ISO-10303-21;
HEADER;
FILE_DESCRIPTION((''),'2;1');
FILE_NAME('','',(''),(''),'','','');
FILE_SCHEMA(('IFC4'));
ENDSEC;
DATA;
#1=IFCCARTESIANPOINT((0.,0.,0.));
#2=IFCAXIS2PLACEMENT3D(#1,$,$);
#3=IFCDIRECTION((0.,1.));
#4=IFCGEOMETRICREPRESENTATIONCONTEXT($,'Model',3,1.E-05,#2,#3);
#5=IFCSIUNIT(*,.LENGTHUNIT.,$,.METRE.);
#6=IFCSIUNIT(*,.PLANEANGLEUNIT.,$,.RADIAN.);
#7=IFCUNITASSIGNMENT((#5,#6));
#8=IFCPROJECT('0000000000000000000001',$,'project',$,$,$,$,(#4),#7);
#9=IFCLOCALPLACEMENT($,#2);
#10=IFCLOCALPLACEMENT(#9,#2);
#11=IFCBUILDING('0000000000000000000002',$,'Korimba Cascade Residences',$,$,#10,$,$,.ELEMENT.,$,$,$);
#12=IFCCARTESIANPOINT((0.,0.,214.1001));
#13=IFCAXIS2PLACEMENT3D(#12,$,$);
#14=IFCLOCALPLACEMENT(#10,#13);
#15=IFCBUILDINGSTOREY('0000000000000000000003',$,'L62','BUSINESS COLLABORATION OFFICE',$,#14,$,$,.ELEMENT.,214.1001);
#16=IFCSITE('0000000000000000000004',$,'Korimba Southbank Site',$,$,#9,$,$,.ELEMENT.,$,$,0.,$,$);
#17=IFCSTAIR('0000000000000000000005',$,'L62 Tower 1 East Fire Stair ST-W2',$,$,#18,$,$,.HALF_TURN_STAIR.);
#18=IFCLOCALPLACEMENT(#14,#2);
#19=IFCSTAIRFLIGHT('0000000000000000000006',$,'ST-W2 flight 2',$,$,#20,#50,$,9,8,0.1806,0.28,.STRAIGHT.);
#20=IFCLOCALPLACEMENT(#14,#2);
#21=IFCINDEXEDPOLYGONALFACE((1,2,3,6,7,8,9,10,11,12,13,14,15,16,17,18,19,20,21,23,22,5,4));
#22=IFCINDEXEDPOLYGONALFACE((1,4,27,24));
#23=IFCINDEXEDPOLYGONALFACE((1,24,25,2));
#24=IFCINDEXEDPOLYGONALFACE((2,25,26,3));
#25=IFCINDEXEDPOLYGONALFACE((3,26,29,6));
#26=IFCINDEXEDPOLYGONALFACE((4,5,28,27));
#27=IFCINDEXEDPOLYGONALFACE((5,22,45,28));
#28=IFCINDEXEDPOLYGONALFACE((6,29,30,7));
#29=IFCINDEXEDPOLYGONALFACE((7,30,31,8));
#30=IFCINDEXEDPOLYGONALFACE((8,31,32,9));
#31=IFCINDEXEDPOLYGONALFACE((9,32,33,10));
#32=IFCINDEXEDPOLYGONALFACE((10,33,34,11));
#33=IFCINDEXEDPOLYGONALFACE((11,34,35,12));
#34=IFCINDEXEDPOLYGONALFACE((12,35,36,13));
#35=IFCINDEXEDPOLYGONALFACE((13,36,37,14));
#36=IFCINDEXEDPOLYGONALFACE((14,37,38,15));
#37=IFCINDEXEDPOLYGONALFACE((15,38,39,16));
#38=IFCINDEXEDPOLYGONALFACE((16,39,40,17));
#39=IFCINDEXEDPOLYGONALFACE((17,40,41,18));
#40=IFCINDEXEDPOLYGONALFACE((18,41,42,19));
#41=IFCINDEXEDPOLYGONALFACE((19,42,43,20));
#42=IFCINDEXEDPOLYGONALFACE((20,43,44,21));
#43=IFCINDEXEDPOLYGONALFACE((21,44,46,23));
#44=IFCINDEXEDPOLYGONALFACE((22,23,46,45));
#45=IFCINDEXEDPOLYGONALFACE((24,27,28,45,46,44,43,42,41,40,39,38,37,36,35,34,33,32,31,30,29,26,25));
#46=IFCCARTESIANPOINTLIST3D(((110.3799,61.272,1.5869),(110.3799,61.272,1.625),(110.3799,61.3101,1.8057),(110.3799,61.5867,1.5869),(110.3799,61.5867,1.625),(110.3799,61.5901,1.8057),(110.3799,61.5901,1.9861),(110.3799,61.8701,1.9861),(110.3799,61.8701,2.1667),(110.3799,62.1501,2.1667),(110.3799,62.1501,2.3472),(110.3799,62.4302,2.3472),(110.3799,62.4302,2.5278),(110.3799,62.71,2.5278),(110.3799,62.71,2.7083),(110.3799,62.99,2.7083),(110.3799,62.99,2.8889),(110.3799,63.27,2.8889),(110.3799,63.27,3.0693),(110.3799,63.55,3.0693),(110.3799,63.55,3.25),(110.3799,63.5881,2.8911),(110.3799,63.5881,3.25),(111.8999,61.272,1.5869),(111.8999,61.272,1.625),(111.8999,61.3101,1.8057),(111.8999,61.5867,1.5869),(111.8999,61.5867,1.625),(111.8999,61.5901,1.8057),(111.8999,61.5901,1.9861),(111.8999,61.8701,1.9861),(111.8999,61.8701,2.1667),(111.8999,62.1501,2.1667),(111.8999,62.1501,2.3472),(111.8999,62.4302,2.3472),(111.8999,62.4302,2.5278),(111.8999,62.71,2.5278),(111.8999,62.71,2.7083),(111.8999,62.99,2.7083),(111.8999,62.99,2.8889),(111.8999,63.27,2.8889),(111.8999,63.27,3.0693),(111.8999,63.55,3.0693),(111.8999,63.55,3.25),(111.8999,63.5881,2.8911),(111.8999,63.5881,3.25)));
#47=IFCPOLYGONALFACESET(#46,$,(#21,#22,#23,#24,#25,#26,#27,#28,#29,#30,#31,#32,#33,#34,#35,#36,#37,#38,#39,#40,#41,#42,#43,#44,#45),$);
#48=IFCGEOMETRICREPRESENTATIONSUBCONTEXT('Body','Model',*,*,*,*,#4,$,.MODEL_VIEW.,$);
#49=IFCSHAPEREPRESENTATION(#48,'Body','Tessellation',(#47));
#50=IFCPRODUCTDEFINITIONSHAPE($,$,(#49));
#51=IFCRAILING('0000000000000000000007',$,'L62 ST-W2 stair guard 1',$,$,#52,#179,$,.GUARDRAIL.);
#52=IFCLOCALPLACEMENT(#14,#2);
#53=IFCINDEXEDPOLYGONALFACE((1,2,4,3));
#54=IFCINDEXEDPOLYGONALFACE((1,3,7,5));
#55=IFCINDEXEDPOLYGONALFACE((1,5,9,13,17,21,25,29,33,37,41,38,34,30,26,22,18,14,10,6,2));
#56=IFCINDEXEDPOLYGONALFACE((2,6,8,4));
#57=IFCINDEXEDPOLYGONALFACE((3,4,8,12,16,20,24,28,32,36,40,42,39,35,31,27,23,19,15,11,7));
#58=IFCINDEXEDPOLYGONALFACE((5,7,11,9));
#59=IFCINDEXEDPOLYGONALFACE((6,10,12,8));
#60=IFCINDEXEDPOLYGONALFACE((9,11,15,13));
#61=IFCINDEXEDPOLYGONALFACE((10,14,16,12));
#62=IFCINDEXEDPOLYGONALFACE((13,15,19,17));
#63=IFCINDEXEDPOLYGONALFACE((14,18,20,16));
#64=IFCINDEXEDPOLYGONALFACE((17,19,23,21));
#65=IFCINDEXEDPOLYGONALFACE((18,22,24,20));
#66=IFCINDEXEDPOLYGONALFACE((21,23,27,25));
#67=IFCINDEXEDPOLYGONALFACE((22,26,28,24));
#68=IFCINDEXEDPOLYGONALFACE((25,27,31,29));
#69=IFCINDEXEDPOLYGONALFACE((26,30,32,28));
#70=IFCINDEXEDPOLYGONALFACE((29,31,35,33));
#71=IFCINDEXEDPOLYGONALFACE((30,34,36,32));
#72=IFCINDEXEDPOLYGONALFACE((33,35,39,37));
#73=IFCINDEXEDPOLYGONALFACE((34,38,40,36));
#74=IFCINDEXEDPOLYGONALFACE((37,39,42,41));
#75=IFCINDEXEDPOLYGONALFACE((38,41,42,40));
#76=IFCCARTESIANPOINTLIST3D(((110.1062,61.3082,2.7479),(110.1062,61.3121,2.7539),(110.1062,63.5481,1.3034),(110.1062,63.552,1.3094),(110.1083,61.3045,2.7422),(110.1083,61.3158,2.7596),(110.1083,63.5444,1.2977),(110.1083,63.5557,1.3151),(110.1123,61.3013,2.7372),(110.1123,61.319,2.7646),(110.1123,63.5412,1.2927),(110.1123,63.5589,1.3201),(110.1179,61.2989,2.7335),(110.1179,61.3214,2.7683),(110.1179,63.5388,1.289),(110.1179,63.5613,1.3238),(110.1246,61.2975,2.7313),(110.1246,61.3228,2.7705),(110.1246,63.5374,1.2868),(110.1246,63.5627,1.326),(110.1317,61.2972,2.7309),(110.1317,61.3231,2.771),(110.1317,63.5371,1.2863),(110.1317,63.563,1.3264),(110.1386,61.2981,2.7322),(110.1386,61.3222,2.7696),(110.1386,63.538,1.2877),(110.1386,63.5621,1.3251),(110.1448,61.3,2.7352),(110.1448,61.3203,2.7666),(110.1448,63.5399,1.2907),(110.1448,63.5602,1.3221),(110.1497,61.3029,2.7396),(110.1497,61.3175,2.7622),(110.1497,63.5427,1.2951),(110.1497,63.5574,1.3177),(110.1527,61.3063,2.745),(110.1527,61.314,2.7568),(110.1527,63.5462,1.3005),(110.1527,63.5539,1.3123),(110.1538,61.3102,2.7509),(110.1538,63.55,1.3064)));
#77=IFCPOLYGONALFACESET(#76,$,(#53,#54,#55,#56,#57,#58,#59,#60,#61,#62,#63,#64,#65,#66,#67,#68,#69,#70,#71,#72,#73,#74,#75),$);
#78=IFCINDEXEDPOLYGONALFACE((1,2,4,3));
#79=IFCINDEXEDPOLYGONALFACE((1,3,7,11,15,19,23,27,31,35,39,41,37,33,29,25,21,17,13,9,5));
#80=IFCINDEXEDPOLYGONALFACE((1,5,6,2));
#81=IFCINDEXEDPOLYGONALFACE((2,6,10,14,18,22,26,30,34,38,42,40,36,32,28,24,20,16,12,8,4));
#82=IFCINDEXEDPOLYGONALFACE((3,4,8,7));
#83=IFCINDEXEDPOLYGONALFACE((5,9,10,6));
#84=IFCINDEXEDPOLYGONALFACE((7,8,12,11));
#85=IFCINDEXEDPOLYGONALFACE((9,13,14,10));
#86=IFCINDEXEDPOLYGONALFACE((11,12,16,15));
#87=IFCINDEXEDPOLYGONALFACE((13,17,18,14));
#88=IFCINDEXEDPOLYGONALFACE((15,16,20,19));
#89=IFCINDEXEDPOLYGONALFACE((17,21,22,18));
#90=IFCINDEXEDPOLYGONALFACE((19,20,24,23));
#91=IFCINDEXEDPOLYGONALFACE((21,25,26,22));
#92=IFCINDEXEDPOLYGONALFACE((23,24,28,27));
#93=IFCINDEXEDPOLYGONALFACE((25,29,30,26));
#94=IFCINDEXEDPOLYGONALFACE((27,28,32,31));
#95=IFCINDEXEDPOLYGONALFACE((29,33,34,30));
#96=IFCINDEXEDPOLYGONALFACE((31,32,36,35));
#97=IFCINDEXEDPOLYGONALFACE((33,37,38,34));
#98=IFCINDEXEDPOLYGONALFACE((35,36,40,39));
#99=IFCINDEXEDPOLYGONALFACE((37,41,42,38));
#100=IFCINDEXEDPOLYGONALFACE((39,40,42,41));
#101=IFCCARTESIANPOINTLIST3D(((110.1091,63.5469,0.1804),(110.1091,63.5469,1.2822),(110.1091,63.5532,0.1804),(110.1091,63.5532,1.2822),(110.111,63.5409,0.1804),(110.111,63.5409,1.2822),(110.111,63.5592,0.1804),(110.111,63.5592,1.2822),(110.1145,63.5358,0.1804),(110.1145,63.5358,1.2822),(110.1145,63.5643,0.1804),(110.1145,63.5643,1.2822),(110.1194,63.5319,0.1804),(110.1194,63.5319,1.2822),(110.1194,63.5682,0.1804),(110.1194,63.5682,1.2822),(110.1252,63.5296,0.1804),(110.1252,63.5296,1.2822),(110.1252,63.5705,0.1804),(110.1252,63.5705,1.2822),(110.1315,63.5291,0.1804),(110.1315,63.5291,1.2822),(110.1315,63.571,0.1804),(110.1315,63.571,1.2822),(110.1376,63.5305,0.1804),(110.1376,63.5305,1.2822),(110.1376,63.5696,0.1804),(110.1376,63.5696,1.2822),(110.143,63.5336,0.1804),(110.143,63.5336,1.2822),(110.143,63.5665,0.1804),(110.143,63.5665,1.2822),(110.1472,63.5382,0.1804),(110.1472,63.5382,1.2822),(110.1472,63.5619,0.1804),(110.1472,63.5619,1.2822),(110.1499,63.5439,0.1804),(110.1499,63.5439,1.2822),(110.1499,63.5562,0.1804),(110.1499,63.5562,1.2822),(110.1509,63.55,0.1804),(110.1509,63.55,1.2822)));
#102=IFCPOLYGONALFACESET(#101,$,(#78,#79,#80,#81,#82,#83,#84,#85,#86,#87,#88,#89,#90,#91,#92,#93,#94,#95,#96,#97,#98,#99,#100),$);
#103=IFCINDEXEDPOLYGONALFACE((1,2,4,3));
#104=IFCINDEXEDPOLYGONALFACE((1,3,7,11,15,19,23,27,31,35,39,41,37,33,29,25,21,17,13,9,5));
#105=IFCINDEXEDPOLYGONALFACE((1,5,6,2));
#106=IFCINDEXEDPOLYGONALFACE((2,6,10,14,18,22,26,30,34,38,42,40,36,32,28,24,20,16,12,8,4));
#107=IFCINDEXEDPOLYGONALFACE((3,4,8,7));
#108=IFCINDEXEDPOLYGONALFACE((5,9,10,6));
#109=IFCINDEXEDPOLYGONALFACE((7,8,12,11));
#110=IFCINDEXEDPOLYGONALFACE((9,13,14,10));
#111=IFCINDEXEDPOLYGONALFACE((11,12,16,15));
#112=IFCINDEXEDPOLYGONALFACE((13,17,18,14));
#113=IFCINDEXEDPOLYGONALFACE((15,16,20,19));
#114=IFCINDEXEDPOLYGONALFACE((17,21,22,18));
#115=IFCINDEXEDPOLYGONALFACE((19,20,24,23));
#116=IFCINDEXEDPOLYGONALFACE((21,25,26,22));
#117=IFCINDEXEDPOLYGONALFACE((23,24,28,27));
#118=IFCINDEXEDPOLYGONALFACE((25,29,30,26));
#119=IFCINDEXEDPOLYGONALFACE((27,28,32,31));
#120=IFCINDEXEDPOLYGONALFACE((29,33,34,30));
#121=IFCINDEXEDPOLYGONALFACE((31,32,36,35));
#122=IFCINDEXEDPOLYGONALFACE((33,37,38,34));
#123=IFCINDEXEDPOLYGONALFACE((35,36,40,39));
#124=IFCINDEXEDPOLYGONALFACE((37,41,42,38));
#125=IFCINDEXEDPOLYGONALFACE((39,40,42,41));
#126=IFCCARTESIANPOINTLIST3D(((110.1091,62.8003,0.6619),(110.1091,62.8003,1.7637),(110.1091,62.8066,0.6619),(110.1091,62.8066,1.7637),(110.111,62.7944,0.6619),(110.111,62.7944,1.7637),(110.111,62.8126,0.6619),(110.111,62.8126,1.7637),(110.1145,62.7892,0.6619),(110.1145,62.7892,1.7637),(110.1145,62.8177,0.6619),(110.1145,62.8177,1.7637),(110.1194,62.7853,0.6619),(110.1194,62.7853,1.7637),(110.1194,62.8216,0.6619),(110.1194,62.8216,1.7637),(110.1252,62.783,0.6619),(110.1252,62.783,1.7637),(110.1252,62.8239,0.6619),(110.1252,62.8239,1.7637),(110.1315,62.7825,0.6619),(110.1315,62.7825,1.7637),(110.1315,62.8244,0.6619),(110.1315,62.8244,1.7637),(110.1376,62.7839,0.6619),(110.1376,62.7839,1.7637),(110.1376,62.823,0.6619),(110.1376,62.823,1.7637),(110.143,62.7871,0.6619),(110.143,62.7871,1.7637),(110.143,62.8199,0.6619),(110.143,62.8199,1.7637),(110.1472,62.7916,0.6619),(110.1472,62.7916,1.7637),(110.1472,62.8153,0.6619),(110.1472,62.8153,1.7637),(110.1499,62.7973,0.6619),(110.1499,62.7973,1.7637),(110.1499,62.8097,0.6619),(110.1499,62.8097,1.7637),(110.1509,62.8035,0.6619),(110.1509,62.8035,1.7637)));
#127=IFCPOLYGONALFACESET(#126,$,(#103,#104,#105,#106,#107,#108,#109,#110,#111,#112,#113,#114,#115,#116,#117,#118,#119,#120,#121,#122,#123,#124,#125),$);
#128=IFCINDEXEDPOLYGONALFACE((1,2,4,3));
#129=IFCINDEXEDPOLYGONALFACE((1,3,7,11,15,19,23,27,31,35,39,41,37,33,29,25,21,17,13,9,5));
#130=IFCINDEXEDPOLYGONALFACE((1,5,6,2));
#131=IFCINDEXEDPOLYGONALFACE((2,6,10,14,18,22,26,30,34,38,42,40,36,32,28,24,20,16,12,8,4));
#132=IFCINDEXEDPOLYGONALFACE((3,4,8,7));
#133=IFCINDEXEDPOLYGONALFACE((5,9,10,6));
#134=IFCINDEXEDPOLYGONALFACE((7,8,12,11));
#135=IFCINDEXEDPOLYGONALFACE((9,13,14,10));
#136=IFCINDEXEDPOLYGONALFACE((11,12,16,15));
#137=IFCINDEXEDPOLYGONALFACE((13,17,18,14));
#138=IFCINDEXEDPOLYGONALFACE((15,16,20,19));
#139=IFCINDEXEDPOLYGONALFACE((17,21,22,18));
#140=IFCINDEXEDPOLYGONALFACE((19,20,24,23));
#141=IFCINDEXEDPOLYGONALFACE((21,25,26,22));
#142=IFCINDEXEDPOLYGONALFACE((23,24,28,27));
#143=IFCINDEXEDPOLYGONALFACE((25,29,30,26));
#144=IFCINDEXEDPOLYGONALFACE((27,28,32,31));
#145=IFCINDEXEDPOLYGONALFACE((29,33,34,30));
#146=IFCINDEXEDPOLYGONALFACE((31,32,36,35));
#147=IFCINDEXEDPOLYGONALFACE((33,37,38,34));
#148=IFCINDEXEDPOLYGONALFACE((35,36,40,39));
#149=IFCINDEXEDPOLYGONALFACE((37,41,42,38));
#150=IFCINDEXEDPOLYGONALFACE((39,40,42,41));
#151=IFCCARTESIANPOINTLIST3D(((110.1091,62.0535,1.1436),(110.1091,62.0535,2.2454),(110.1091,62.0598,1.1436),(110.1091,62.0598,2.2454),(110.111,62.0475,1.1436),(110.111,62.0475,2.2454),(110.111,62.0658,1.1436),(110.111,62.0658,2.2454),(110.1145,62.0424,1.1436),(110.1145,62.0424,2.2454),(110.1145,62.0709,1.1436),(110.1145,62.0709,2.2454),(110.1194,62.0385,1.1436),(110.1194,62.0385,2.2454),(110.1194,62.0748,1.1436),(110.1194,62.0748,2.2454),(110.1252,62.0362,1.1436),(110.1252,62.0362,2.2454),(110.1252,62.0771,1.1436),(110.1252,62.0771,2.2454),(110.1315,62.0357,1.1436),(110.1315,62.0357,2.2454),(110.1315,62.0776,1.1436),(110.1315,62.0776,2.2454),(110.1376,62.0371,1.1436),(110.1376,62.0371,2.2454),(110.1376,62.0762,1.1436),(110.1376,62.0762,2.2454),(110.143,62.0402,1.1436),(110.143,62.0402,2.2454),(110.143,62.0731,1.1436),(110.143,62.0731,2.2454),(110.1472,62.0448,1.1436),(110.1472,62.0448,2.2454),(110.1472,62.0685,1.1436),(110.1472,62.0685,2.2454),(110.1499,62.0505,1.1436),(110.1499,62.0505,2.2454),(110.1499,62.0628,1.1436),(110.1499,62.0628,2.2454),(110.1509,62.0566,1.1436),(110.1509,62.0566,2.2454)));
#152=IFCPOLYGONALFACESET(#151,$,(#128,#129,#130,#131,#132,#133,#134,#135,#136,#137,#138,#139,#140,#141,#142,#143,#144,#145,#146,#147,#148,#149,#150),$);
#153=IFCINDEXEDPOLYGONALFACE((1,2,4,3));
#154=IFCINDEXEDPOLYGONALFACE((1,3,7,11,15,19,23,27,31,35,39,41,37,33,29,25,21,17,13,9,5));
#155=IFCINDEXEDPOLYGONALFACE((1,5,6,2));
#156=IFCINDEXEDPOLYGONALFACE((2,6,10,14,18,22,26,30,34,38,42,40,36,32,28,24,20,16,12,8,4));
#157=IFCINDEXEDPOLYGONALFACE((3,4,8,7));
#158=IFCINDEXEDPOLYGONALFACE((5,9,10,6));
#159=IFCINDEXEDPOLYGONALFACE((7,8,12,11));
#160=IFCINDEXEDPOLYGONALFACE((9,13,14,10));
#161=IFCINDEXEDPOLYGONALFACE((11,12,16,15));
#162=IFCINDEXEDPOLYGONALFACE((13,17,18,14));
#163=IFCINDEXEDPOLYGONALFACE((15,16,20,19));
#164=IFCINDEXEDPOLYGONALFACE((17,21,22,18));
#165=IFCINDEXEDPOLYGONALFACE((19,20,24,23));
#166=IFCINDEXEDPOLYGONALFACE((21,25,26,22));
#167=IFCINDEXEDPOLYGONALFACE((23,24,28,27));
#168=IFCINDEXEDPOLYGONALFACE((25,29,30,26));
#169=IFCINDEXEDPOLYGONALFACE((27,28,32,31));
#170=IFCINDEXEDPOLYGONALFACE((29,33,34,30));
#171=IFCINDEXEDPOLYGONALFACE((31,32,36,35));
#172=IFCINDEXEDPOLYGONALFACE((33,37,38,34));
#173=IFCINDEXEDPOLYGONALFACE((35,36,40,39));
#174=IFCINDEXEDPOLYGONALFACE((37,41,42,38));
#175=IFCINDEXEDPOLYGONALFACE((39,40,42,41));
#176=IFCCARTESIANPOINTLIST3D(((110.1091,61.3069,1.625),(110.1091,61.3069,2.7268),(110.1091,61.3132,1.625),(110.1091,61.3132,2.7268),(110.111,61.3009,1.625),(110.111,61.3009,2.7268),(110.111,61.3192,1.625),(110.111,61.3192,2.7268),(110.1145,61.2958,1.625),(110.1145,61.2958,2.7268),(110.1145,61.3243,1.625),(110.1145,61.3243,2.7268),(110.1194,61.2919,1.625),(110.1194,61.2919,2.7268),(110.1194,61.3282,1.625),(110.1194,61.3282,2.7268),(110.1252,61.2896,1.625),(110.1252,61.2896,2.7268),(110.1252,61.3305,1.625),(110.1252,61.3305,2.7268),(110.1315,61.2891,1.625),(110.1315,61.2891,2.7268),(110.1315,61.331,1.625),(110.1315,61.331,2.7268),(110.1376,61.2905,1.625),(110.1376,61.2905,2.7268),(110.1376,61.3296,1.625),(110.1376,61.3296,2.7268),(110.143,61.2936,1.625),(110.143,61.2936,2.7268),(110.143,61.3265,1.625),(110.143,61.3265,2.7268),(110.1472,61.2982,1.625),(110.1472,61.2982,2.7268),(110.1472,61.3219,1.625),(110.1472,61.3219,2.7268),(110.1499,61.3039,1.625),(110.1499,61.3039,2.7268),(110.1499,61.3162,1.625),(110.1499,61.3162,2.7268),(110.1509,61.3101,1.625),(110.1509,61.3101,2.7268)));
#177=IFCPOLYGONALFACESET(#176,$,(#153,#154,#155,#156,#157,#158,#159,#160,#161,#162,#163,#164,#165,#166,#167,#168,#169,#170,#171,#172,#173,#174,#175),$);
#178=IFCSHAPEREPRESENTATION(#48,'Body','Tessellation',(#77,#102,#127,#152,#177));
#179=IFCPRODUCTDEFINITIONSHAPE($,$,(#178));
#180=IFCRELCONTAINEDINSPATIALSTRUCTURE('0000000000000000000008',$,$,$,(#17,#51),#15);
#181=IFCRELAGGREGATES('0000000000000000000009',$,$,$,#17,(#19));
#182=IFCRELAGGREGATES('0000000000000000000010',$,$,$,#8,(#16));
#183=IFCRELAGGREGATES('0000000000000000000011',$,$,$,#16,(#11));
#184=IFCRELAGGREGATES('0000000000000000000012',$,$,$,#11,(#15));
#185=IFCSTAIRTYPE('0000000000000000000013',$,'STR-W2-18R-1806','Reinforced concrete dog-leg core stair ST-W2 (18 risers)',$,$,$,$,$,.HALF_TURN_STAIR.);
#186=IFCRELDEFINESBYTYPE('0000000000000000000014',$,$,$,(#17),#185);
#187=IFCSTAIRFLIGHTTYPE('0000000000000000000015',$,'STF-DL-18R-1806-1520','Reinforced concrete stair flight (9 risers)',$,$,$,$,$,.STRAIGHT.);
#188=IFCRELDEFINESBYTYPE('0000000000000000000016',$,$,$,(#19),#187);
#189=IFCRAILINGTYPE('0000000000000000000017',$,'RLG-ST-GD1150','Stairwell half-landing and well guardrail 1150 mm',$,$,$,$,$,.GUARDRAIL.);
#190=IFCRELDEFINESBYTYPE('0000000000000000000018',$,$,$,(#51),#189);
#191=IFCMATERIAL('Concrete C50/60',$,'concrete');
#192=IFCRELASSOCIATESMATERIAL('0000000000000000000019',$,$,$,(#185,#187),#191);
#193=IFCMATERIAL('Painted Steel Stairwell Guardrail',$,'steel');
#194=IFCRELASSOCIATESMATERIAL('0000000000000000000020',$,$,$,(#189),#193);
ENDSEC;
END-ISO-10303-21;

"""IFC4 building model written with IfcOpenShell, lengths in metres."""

from ifc_helpers import new_model, si_unit, direction, frame, origin, origin_2d, place, context, subcontext, project, spatial, polyline, circle, outline, extrude, material, type_object, element, aggregate, save


model = new_model("IFC4")

# Units and contexts
model_context = context("Model", 3, precision=1e-05, world=origin(), true_north=direction((0.0, 1.0)))
body_context = subcontext(model_context, "Body", "Model", "MODEL_VIEW")
ifc_project = project(units=[si_unit("LENGTHUNIT", "METRE"), si_unit("PLANEANGLEUNIT", "RADIAN")], contexts=[model_context])

# Site, building, storey
site_placement = place(None, origin())
site = spatial("IfcSite", under=ifc_project, at=site_placement, Name="Korimba Southbank Site", CompositionType="ELEMENT", RefElevation=0.0)
building_placement = place(site_placement, origin())
building = spatial("IfcBuilding", under=site, at=building_placement, Name="Korimba Cascade Residences", CompositionType="ELEMENT")
storey_placement = place(building_placement, frame((0.0, 0.0, 214.1001)))
storey = spatial("IfcBuildingStorey", under=building, at=storey_placement, Name="L62", Description="BUSINESS COLLABORATION OFFICE", CompositionType="ELEMENT", Elevation=214.1001)

# Shared definitions
ifc_material_1 = material(Name="Concrete C50/60", Category="concrete")

# Stair, stair flight
stair_type = type_object("IfcStairType", Name="STR-W2-18R-1806", Description="Reinforced concrete dog-leg core stair ST-W2 (18 risers)", PredefinedType="HALF_TURN_STAIR", material=ifc_material_1)
stair_placement = place(storey_placement, origin())
stair = element("IfcStair", 1, at=stair_placement, inside=storey, type_object=stair_type, Name="L62 Tower 1 East Fire Stair ST-W2", PredefinedType="HALF_TURN_STAIR")
stair_flight_type = type_object("IfcStairFlightType", Name="STF-DL-18R-1806-1520", Description="Reinforced concrete stair flight (9 risers)", PredefinedType="STRAIGHT", material=ifc_material_1)
stair_flight_1_placement = place(storey_placement, frame((111.1399, 61.3101, 1.625), z_axis=(0.0, 0.0, 1.0), x_axis=(0.0, 1.0, 0.0)))
stair_flight_1 = element("IfcStairFlight", 2, at=stair_flight_1_placement, type_object=stair_flight_type, Name="ST-W2 flight 2", NumberOfRisers=9, NumberOfTreads=8, PredefinedType="STRAIGHT", RiserHeight=0.1806, TreadLength=0.28, context=body_context, shape_type="SweptSolid", body=[
    extrude(outline(polyline([(-0.0381, 0.0), (0.0, 0.1807), (0.28, 0.1807), (0.28, 0.3611), (0.5601, 0.3611), (0.5601, 0.5417), (0.8401, 0.5417), (0.8401, 0.7222), (1.1201, 0.7222), (1.1201, 0.9028), (1.3999, 0.9028), (1.3999, 1.0833), (1.6799, 1.0833), (1.6799, 1.2639), (1.96, 1.2639), (1.96, 1.4443), (2.24, 1.4443), (2.24, 1.625), (2.2781, 1.625), (2.2781, 1.2661), (0.2766, 0.0), (0.2766, -0.0381), (-0.0381, -0.0381), (-0.0381, 0.0)])), frame((0.0, 0.76, 0.0), z_axis=(0.0, -1.0, 0.0), x_axis=(1.0, 0.0, 0.0)), (0.0, 0.0, 1.0), 1.52),
])
aggregate(stair, [stair_flight_1])

# Railing
ifc_material_2 = material(Name="Painted Steel Stairwell Guardrail", Category="steel")
railing_type_1 = type_object("IfcRailingType", Name="RLG-ST-GD1150", Description="Stairwell half-landing and well guardrail 1150 mm", PredefinedType="GUARDRAIL", material=ifc_material_2)
railing_1_placement = place(storey_placement, frame((110.1299, 63.55, 0.1804)))
element("IfcRailing", 3, at=railing_1_placement, inside=storey, type_object=railing_type_1, Name="L62 ST-W2 stair guard 1", PredefinedType="GUARDRAIL", context=body_context, shape_type="SweptSolid", body=[
    extrude(circle(Radius=0.0239, at=origin_2d()), frame((0.0, 0.0, 1.126), z_axis=(0.0, -0.840395, 0.541975), x_axis=(1.0, 0.0, 0.0)), (0.0, 0.0, 1.0), 2.6653),
    extrude(circle(Radius=0.021, at=origin_2d()), origin(), (0.0, 0.0, 1.0), 1.1018),
    extrude(circle(Radius=0.021, at=origin_2d()), frame((0.0, -0.7466, 0.4814)), (0.0, 0.0, 1.0), 1.1018),
    extrude(circle(Radius=0.021, at=origin_2d()), frame((0.0, -1.4934, 0.9631)), (0.0, 0.0, 1.0), 1.1018),
    extrude(circle(Radius=0.021, at=origin_2d()), frame((0.0, -2.24, 1.4446)), (0.0, 0.0, 1.0), 1.1018),
])

save(model, "model.ifc")
